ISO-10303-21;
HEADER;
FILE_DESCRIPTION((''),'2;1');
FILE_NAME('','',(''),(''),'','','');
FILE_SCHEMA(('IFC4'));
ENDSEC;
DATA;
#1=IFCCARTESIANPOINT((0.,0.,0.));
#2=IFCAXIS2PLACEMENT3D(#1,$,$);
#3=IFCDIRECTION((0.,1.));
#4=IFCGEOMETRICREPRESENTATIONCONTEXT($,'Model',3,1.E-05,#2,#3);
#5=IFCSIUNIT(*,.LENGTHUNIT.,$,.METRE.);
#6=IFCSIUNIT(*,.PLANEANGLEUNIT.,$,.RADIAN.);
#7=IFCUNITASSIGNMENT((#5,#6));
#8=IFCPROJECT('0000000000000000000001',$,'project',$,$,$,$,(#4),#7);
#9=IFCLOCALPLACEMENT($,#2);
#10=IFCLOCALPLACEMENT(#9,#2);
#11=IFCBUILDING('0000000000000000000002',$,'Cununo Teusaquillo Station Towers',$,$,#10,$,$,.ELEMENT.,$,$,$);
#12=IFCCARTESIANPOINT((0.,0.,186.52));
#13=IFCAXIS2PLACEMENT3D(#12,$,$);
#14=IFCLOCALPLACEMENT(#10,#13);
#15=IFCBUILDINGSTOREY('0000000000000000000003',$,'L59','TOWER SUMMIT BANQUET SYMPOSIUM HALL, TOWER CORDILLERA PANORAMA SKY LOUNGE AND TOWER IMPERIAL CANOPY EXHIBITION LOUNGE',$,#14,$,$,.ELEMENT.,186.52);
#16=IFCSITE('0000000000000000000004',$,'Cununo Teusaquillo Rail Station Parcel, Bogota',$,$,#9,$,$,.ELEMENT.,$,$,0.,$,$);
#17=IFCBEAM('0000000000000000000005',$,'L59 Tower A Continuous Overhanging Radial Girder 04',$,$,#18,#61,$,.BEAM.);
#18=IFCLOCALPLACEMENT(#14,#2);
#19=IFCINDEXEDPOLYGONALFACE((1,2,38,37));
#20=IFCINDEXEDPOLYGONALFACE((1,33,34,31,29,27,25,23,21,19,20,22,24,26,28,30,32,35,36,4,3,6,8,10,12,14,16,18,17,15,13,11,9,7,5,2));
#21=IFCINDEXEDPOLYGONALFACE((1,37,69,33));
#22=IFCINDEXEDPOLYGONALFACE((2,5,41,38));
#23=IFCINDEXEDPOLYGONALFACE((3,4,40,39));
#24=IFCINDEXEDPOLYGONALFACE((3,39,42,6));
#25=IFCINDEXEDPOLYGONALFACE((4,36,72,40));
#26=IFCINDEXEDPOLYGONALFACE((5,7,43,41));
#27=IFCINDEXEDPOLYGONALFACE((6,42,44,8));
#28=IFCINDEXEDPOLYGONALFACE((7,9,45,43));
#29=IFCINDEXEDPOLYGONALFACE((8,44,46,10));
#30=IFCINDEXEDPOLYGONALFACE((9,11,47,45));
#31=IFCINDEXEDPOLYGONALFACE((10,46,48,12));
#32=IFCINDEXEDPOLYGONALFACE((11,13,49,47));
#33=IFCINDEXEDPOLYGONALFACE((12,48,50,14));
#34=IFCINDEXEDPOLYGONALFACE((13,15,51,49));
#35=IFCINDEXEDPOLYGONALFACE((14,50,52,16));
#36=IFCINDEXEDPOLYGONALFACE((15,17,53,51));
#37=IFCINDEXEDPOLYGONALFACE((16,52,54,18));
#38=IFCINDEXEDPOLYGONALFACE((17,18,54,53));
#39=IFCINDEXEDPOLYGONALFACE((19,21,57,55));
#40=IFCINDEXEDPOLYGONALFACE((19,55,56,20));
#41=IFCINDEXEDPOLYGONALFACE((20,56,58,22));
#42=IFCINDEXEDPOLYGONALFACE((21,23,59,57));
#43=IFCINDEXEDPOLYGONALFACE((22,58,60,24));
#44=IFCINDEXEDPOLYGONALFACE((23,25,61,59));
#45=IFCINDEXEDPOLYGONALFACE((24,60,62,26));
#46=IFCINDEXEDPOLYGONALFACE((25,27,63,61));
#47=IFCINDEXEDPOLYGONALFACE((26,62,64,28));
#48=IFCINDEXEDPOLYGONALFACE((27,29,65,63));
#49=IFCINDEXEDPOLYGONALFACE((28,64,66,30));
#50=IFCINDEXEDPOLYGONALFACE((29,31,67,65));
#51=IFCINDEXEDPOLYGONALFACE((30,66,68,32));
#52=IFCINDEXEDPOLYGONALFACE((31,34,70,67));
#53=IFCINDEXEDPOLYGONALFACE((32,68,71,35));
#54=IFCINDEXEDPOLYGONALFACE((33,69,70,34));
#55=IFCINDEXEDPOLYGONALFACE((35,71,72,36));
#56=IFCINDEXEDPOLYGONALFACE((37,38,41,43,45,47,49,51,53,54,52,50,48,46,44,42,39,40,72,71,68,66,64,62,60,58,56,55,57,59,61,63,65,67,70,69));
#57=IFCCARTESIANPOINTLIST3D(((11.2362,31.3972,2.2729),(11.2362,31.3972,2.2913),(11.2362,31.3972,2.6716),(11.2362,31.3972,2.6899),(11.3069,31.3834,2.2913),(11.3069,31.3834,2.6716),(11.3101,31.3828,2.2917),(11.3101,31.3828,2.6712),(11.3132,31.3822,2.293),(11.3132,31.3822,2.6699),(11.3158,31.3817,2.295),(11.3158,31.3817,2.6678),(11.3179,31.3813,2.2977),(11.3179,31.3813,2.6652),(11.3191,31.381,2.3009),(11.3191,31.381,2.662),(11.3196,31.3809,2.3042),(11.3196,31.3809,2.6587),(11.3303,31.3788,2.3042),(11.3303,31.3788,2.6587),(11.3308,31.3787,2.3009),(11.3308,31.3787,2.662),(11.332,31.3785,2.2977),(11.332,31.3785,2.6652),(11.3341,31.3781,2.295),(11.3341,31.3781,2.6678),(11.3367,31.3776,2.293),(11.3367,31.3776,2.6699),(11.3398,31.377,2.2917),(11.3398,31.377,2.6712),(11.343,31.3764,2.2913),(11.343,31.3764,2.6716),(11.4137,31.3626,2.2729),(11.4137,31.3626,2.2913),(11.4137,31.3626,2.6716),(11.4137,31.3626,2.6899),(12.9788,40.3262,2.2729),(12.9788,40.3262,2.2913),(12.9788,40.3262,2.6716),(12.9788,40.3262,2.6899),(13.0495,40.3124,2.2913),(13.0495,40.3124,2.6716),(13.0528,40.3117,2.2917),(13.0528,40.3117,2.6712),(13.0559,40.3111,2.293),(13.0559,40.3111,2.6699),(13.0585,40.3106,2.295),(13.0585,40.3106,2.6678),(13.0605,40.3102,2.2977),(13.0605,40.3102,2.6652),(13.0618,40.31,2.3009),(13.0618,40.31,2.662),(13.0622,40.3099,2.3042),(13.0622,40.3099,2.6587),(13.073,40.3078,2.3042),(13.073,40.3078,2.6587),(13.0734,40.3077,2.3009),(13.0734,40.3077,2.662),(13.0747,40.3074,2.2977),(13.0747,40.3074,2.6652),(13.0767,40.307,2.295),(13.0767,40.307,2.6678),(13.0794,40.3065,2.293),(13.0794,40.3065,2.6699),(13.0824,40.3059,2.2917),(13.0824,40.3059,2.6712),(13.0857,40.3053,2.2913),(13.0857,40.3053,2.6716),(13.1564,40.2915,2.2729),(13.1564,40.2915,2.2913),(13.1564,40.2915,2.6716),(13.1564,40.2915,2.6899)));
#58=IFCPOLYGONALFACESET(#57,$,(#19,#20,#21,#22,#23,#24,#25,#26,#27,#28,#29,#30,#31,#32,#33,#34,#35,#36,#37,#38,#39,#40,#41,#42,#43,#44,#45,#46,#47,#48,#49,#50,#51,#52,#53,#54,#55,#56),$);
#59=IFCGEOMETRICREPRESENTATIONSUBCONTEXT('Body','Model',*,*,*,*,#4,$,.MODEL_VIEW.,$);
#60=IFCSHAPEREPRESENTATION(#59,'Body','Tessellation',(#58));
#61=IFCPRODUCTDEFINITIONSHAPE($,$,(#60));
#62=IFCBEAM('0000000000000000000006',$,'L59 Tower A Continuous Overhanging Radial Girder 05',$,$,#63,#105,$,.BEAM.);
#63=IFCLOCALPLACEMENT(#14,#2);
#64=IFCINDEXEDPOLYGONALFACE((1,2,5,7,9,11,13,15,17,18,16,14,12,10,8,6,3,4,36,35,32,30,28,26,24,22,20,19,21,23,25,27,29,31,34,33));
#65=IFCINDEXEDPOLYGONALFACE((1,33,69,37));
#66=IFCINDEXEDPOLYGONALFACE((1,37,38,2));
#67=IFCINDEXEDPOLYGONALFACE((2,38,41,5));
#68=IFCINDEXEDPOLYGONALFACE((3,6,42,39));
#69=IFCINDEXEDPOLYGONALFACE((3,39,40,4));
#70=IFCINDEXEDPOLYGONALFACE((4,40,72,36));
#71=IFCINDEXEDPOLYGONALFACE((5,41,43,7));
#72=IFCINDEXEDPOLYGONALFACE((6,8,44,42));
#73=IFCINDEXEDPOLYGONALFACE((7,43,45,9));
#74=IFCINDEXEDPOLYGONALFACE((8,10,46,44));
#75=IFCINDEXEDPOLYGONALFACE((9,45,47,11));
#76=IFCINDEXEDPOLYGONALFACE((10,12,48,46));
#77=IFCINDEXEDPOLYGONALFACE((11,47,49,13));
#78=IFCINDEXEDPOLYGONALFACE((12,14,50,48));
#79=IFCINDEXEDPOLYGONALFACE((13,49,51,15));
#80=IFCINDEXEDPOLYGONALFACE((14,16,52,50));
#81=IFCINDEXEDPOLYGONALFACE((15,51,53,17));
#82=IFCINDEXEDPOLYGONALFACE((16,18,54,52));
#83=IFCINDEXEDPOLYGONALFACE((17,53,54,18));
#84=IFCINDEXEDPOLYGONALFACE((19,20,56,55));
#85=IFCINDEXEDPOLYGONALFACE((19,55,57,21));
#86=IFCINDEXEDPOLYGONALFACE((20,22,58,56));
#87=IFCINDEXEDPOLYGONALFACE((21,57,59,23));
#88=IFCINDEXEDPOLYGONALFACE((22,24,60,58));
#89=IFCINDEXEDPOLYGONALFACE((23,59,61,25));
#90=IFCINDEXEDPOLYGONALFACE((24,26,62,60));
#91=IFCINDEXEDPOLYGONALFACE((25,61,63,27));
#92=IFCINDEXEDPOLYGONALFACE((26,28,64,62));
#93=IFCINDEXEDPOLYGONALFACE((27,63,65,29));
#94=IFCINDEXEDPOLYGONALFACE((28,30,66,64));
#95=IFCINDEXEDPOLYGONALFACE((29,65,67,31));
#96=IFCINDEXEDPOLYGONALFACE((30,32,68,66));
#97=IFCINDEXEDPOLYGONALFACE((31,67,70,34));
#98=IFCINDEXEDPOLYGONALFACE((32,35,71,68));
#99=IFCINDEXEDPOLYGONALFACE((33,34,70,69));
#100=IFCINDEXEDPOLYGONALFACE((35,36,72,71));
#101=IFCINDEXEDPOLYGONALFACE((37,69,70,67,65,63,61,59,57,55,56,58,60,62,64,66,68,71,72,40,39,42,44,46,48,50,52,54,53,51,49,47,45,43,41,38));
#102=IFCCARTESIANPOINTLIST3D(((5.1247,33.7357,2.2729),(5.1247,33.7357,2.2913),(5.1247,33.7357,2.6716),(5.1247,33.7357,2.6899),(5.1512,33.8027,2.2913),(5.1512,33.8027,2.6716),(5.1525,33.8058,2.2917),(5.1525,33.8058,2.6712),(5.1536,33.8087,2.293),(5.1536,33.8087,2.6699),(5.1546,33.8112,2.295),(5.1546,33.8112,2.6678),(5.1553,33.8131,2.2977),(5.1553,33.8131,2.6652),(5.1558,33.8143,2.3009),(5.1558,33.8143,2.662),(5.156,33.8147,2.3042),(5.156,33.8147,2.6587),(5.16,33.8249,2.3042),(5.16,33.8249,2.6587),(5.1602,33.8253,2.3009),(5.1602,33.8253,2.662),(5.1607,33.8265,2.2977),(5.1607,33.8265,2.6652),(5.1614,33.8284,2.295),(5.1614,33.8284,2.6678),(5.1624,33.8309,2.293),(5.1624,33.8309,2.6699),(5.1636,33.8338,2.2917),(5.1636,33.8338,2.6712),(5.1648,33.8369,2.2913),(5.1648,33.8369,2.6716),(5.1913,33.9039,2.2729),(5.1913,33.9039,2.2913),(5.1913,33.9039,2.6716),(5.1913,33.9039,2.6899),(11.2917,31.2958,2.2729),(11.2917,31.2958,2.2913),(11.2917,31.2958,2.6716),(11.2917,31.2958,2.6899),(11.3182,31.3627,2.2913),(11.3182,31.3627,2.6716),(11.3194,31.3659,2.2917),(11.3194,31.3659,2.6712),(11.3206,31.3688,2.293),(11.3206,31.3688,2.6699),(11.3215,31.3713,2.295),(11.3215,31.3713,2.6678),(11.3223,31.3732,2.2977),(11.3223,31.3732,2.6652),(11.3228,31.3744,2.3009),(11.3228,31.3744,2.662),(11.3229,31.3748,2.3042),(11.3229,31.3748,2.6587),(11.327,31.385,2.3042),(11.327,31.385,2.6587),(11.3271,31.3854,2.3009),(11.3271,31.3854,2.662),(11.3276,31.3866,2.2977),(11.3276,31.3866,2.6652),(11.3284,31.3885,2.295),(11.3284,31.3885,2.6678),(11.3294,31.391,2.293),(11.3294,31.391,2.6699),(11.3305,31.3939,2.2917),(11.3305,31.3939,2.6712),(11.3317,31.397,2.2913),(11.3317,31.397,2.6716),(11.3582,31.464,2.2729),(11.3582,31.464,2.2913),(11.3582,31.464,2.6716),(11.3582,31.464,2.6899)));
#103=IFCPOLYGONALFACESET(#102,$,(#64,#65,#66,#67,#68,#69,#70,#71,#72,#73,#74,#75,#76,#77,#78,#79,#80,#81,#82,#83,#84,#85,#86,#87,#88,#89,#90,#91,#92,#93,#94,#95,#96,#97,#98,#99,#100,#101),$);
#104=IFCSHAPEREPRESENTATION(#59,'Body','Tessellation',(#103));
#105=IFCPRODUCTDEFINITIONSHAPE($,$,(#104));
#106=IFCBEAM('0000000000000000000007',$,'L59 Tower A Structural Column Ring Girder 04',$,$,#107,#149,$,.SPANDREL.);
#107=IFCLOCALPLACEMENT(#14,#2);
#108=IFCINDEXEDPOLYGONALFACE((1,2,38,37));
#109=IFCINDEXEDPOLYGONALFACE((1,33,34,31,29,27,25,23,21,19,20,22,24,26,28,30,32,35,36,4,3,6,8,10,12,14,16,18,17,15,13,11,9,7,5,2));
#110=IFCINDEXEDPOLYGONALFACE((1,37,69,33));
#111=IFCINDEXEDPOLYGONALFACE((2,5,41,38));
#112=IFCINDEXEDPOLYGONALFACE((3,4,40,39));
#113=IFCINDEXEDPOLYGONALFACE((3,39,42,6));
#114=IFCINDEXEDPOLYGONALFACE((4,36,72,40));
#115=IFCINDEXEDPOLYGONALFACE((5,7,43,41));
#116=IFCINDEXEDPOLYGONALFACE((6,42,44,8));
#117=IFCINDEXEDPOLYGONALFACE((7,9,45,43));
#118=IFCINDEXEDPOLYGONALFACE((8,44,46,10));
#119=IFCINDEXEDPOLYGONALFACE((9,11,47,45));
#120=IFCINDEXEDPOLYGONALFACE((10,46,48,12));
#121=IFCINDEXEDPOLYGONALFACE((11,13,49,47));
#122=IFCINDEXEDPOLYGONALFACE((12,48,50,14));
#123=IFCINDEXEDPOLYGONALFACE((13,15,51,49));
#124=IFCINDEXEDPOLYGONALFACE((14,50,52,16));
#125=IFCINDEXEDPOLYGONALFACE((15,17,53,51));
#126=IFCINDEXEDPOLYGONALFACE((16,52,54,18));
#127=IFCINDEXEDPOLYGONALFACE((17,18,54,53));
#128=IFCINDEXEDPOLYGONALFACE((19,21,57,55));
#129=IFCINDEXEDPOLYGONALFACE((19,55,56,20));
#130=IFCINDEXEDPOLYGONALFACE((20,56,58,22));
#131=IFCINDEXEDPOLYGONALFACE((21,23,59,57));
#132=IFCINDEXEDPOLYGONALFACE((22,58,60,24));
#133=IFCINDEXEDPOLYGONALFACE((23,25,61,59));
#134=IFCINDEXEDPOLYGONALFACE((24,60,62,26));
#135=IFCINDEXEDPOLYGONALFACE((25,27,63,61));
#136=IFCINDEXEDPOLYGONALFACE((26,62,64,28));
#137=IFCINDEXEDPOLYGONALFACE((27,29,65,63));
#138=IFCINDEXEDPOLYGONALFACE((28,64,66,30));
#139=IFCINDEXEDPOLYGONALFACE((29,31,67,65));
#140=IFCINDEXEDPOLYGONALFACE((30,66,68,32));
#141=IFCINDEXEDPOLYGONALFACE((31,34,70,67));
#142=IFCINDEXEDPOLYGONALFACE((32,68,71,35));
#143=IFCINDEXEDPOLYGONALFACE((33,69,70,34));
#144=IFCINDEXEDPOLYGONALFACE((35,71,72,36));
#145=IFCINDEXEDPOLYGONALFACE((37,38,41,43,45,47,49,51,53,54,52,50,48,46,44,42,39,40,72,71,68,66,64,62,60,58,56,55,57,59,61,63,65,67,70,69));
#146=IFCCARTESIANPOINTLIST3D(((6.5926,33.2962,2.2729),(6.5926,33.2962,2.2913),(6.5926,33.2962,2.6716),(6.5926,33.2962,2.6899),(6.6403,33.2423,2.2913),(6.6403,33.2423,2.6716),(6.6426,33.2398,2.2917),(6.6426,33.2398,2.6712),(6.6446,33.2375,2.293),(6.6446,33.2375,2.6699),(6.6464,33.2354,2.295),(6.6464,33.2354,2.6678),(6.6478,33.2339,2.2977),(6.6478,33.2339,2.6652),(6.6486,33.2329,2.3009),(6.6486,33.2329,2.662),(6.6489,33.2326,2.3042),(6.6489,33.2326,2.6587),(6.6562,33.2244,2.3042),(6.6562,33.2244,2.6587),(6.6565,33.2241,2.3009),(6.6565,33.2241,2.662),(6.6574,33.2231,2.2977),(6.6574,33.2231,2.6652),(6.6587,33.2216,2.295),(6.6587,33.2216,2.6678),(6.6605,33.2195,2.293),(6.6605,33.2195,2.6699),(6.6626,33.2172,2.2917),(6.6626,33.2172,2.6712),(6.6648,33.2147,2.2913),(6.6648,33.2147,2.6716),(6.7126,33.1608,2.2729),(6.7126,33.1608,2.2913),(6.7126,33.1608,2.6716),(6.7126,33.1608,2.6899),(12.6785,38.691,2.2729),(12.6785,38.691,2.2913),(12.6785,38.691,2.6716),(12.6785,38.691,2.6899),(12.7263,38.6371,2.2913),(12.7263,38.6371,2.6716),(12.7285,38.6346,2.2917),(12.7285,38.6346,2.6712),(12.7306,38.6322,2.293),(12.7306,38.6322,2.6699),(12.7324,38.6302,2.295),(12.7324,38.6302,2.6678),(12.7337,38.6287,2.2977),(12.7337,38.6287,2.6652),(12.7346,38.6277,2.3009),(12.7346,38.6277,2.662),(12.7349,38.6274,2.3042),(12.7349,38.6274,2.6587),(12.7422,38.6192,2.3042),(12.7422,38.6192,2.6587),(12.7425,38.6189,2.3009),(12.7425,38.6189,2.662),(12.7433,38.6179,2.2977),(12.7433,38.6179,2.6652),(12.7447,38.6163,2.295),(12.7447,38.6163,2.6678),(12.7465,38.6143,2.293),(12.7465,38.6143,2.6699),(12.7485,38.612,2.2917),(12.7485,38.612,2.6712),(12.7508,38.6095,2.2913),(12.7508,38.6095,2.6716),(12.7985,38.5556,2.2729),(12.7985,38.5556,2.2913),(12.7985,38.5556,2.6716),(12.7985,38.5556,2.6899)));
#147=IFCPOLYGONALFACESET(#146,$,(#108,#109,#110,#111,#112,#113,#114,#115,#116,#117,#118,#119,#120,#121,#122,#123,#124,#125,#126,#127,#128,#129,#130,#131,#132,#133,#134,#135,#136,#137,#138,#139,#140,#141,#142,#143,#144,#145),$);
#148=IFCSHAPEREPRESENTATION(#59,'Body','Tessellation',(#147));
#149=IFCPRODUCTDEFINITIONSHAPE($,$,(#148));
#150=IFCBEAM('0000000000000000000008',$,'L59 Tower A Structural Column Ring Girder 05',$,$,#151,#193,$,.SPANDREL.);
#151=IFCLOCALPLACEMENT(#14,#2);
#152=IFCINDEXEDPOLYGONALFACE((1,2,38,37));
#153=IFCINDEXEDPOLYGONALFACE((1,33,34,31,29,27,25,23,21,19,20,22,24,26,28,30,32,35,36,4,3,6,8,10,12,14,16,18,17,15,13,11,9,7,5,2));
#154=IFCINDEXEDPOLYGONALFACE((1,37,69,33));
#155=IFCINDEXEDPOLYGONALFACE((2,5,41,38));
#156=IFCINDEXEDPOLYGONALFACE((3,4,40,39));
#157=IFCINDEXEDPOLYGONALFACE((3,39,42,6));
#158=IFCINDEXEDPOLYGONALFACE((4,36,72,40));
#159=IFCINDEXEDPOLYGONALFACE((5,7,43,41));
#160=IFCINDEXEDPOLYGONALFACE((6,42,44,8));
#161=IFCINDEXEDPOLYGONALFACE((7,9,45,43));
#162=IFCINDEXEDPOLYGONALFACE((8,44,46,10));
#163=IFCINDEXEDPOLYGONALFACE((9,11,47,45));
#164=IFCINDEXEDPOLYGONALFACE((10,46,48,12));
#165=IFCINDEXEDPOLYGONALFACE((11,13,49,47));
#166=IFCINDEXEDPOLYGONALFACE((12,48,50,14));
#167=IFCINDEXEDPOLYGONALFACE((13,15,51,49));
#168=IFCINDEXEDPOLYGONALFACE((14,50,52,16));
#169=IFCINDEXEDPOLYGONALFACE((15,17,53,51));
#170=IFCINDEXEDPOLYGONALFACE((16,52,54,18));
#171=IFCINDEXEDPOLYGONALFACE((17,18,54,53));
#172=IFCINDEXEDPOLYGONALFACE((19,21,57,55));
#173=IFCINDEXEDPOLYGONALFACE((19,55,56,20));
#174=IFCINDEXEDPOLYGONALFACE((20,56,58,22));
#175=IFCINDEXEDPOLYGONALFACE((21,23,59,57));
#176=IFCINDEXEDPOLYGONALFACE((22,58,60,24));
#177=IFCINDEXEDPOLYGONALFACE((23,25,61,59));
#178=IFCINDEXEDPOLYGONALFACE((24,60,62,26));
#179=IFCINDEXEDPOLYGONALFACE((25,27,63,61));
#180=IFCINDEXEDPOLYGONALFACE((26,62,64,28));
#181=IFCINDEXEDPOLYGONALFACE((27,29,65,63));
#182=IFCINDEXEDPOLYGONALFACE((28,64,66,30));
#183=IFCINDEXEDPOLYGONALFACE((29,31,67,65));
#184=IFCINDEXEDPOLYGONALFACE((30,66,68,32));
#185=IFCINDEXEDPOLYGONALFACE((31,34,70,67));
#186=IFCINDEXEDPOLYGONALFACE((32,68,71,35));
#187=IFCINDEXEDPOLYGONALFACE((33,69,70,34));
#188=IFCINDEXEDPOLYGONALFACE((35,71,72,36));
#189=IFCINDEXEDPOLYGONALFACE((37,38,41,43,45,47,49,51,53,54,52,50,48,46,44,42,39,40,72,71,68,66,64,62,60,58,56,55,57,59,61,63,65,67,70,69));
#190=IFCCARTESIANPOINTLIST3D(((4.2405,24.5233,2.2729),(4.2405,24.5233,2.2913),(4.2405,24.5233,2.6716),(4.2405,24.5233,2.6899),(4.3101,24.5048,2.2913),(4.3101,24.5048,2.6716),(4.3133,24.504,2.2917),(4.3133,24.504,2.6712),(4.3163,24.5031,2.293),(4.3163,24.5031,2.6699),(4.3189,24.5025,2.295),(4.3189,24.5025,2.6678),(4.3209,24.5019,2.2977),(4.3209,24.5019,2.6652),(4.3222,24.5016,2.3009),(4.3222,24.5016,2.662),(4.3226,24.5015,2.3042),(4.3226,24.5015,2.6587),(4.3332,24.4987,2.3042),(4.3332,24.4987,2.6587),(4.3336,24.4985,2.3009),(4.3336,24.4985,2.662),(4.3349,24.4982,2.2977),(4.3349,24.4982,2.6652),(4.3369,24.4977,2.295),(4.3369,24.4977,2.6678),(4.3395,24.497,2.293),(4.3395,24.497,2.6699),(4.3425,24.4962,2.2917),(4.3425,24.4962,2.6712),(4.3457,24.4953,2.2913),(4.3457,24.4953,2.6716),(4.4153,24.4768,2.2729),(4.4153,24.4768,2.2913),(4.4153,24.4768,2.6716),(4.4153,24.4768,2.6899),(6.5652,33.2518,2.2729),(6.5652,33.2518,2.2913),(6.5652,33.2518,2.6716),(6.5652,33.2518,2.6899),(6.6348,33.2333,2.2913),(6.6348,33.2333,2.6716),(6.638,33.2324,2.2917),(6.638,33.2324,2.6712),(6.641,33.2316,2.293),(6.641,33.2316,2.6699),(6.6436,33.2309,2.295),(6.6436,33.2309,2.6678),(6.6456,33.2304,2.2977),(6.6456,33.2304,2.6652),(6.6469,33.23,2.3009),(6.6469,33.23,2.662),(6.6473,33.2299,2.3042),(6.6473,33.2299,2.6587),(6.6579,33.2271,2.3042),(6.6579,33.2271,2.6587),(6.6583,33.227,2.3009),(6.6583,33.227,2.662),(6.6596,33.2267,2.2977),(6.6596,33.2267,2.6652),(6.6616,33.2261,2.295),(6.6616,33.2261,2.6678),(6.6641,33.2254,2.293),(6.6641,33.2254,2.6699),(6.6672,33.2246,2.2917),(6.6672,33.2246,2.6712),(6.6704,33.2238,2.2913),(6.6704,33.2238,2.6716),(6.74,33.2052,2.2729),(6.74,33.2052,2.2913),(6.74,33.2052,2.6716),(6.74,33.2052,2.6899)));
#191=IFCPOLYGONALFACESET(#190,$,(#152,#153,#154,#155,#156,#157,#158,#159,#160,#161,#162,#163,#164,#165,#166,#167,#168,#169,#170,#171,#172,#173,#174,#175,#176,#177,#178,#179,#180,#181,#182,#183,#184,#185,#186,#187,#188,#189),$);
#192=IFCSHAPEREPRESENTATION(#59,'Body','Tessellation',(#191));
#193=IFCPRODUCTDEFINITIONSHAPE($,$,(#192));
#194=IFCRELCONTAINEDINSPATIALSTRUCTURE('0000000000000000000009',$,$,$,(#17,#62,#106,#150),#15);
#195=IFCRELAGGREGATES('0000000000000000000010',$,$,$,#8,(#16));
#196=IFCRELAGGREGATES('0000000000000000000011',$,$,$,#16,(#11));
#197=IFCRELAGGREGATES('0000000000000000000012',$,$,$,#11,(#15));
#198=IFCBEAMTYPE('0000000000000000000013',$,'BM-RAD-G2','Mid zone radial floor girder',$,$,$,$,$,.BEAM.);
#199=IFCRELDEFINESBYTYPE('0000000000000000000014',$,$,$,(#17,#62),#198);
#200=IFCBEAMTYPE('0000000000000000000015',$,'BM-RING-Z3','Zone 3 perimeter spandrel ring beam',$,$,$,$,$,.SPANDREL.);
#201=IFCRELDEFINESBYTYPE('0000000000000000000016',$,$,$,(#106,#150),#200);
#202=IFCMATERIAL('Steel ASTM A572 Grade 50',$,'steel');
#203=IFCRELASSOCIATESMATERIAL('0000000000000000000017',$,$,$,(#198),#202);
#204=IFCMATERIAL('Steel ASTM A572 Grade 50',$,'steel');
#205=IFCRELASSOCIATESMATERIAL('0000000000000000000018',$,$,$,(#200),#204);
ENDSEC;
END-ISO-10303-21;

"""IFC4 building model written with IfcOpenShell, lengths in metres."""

from ifc_helpers import new_model, si_unit, direction, frame, origin, origin_2d, place, context, subcontext, project, spatial, i_section, extrude, material, material_profile, profile_set, type_object, element, save


model = new_model("IFC4")

# Units and contexts
model_context = context("Model", 3, precision=1e-05, world=origin(), true_north=direction((0.0, 1.0)))
body_context = subcontext(model_context, "Body", "Model", "MODEL_VIEW")
ifc_project = project(units=[si_unit("LENGTHUNIT", "METRE"), si_unit("PLANEANGLEUNIT", "RADIAN")], contexts=[model_context])

# Site, building, storey
site_placement = place(None, origin())
site = spatial("IfcSite", under=ifc_project, at=site_placement, Name="Cununo Teusaquillo Rail Station Parcel, Bogota", CompositionType="ELEMENT", RefElevation=0.0)
building_placement = place(site_placement, origin())
building = spatial("IfcBuilding", under=site, at=building_placement, Name="Cununo Teusaquillo Station Towers", CompositionType="ELEMENT")
storey_placement = place(building_placement, frame((0.0, 0.0, 186.52)))
storey = spatial("IfcBuildingStorey", under=building, at=storey_placement, Name="L59", Description="TOWER SUMMIT BANQUET SYMPOSIUM HALL, TOWER CORDILLERA PANORAMA SKY LOUNGE AND TOWER IMPERIAL CANOPY EXHIBITION LOUNGE", CompositionType="ELEMENT", Elevation=186.52)

# Beams
ifc_material_1 = material(Name="Steel ASTM A572 Grade 50", Category="steel")
ifc_material_profile_1 = material_profile(ifc_material_1, i_section(OverallWidth=0.1809, OverallDepth=0.417, WebThickness=0.011, FlangeThickness=0.0183, FilletRadius=0.0129, at=origin_2d()), Name="W16X57")
ifc_profile_set_1 = profile_set([ifc_material_profile_1], Name="Steel ASTM A572 Grade 50")
beam_type_1 = type_object("IfcBeamType", Name="BM-RAD-G2", Description="Mid zone radial floor girder", PredefinedType="BEAM", material=ifc_profile_set_1)
beam_1_placement = place(storey_placement, frame((11.325, 31.3799, 2.4814), z_axis=(0.191557, 0.981481, 0.0), x_axis=(-0.981481, 0.191557, 0.0)))
element("IfcBeam", 1, at=beam_1_placement, inside=storey, type_object=beam_type_1, Name="L59 Tower A Continuous Overhanging Radial Girder 04", PredefinedType="BEAM", context=body_context, shape_type="SweptSolid", body=[
    extrude(i_section(OverallWidth=0.1809, OverallDepth=0.417, WebThickness=0.011, FlangeThickness=0.0183, FilletRadius=0.0129, at=origin_2d()), origin(), (0.0, 0.0, 1.0), 9.0974),
])
beam_2_placement = place(storey_placement, frame((11.325, 31.3799, 2.4814), z_axis=(-0.929866, 0.367897, 0.0), x_axis=(-0.367897, -0.929866, 0.0)))
element("IfcBeam", 2, at=beam_2_placement, inside=storey, type_object=beam_type_1, Name="L59 Tower A Continuous Overhanging Radial Girder 05", PredefinedType="BEAM", context=body_context, shape_type="SweptSolid", body=[
    extrude(i_section(OverallWidth=0.1809, OverallDepth=0.417, WebThickness=0.011, FlangeThickness=0.0183, FilletRadius=0.0129, at=origin_2d()), origin(), (0.0, 0.0, 1.0), 6.6321),
])
ifc_material_2 = material(Name="Steel ASTM A572 Grade 50", Category="steel")
ifc_material_profile_2 = material_profile(ifc_material_2, i_section(OverallWidth=0.1809, OverallDepth=0.417, WebThickness=0.011, FlangeThickness=0.0183, FilletRadius=0.0129, at=origin_2d()), Name="W16X57")
ifc_profile_set_2 = profile_set([ifc_material_profile_2], Name="Steel ASTM A572 Grade 50")
beam_type_2 = type_object("IfcBeamType", Name="BM-RING-Z3", Description="Zone 3 perimeter spandrel ring beam", PredefinedType="SPANDREL", material=ifc_profile_set_2)
beam_3_placement = place(storey_placement, frame((12.7385, 38.6233, 2.4814), z_axis=(-0.748321, -0.663337, 0.0), x_axis=(0.663337, -0.748321, 0.0)))
element("IfcBeam", 3, at=beam_3_placement, inside=storey, type_object=beam_type_2, Name="L59 Tower A Structural Column Ring Girder 04", PredefinedType="SPANDREL", context=body_context, shape_type="SweptSolid", body=[
    extrude(i_section(OverallWidth=0.1809, OverallDepth=0.417, WebThickness=0.011, FlangeThickness=0.0183, FilletRadius=0.0129, at=origin_2d()), origin(), (0.0, 0.0, 1.0), 8.1328),
])
beam_4_placement = place(storey_placement, frame((6.6526, 33.2285, 2.4814), z_axis=(-0.257363, -0.966315, 0.0), x_axis=(0.966315, -0.257363, 0.0)))
element("IfcBeam", 4, at=beam_4_placement, inside=storey, type_object=beam_type_2, Name="L59 Tower A Structural Column Ring Girder 05", PredefinedType="SPANDREL", context=body_context, shape_type="SweptSolid", body=[
    extrude(i_section(OverallWidth=0.1809, OverallDepth=0.417, WebThickness=0.011, FlangeThickness=0.0183, FilletRadius=0.0129, at=origin_2d()), origin(), (0.0, 0.0, 1.0), 9.0327),
])

save(model, "model.ifc")
